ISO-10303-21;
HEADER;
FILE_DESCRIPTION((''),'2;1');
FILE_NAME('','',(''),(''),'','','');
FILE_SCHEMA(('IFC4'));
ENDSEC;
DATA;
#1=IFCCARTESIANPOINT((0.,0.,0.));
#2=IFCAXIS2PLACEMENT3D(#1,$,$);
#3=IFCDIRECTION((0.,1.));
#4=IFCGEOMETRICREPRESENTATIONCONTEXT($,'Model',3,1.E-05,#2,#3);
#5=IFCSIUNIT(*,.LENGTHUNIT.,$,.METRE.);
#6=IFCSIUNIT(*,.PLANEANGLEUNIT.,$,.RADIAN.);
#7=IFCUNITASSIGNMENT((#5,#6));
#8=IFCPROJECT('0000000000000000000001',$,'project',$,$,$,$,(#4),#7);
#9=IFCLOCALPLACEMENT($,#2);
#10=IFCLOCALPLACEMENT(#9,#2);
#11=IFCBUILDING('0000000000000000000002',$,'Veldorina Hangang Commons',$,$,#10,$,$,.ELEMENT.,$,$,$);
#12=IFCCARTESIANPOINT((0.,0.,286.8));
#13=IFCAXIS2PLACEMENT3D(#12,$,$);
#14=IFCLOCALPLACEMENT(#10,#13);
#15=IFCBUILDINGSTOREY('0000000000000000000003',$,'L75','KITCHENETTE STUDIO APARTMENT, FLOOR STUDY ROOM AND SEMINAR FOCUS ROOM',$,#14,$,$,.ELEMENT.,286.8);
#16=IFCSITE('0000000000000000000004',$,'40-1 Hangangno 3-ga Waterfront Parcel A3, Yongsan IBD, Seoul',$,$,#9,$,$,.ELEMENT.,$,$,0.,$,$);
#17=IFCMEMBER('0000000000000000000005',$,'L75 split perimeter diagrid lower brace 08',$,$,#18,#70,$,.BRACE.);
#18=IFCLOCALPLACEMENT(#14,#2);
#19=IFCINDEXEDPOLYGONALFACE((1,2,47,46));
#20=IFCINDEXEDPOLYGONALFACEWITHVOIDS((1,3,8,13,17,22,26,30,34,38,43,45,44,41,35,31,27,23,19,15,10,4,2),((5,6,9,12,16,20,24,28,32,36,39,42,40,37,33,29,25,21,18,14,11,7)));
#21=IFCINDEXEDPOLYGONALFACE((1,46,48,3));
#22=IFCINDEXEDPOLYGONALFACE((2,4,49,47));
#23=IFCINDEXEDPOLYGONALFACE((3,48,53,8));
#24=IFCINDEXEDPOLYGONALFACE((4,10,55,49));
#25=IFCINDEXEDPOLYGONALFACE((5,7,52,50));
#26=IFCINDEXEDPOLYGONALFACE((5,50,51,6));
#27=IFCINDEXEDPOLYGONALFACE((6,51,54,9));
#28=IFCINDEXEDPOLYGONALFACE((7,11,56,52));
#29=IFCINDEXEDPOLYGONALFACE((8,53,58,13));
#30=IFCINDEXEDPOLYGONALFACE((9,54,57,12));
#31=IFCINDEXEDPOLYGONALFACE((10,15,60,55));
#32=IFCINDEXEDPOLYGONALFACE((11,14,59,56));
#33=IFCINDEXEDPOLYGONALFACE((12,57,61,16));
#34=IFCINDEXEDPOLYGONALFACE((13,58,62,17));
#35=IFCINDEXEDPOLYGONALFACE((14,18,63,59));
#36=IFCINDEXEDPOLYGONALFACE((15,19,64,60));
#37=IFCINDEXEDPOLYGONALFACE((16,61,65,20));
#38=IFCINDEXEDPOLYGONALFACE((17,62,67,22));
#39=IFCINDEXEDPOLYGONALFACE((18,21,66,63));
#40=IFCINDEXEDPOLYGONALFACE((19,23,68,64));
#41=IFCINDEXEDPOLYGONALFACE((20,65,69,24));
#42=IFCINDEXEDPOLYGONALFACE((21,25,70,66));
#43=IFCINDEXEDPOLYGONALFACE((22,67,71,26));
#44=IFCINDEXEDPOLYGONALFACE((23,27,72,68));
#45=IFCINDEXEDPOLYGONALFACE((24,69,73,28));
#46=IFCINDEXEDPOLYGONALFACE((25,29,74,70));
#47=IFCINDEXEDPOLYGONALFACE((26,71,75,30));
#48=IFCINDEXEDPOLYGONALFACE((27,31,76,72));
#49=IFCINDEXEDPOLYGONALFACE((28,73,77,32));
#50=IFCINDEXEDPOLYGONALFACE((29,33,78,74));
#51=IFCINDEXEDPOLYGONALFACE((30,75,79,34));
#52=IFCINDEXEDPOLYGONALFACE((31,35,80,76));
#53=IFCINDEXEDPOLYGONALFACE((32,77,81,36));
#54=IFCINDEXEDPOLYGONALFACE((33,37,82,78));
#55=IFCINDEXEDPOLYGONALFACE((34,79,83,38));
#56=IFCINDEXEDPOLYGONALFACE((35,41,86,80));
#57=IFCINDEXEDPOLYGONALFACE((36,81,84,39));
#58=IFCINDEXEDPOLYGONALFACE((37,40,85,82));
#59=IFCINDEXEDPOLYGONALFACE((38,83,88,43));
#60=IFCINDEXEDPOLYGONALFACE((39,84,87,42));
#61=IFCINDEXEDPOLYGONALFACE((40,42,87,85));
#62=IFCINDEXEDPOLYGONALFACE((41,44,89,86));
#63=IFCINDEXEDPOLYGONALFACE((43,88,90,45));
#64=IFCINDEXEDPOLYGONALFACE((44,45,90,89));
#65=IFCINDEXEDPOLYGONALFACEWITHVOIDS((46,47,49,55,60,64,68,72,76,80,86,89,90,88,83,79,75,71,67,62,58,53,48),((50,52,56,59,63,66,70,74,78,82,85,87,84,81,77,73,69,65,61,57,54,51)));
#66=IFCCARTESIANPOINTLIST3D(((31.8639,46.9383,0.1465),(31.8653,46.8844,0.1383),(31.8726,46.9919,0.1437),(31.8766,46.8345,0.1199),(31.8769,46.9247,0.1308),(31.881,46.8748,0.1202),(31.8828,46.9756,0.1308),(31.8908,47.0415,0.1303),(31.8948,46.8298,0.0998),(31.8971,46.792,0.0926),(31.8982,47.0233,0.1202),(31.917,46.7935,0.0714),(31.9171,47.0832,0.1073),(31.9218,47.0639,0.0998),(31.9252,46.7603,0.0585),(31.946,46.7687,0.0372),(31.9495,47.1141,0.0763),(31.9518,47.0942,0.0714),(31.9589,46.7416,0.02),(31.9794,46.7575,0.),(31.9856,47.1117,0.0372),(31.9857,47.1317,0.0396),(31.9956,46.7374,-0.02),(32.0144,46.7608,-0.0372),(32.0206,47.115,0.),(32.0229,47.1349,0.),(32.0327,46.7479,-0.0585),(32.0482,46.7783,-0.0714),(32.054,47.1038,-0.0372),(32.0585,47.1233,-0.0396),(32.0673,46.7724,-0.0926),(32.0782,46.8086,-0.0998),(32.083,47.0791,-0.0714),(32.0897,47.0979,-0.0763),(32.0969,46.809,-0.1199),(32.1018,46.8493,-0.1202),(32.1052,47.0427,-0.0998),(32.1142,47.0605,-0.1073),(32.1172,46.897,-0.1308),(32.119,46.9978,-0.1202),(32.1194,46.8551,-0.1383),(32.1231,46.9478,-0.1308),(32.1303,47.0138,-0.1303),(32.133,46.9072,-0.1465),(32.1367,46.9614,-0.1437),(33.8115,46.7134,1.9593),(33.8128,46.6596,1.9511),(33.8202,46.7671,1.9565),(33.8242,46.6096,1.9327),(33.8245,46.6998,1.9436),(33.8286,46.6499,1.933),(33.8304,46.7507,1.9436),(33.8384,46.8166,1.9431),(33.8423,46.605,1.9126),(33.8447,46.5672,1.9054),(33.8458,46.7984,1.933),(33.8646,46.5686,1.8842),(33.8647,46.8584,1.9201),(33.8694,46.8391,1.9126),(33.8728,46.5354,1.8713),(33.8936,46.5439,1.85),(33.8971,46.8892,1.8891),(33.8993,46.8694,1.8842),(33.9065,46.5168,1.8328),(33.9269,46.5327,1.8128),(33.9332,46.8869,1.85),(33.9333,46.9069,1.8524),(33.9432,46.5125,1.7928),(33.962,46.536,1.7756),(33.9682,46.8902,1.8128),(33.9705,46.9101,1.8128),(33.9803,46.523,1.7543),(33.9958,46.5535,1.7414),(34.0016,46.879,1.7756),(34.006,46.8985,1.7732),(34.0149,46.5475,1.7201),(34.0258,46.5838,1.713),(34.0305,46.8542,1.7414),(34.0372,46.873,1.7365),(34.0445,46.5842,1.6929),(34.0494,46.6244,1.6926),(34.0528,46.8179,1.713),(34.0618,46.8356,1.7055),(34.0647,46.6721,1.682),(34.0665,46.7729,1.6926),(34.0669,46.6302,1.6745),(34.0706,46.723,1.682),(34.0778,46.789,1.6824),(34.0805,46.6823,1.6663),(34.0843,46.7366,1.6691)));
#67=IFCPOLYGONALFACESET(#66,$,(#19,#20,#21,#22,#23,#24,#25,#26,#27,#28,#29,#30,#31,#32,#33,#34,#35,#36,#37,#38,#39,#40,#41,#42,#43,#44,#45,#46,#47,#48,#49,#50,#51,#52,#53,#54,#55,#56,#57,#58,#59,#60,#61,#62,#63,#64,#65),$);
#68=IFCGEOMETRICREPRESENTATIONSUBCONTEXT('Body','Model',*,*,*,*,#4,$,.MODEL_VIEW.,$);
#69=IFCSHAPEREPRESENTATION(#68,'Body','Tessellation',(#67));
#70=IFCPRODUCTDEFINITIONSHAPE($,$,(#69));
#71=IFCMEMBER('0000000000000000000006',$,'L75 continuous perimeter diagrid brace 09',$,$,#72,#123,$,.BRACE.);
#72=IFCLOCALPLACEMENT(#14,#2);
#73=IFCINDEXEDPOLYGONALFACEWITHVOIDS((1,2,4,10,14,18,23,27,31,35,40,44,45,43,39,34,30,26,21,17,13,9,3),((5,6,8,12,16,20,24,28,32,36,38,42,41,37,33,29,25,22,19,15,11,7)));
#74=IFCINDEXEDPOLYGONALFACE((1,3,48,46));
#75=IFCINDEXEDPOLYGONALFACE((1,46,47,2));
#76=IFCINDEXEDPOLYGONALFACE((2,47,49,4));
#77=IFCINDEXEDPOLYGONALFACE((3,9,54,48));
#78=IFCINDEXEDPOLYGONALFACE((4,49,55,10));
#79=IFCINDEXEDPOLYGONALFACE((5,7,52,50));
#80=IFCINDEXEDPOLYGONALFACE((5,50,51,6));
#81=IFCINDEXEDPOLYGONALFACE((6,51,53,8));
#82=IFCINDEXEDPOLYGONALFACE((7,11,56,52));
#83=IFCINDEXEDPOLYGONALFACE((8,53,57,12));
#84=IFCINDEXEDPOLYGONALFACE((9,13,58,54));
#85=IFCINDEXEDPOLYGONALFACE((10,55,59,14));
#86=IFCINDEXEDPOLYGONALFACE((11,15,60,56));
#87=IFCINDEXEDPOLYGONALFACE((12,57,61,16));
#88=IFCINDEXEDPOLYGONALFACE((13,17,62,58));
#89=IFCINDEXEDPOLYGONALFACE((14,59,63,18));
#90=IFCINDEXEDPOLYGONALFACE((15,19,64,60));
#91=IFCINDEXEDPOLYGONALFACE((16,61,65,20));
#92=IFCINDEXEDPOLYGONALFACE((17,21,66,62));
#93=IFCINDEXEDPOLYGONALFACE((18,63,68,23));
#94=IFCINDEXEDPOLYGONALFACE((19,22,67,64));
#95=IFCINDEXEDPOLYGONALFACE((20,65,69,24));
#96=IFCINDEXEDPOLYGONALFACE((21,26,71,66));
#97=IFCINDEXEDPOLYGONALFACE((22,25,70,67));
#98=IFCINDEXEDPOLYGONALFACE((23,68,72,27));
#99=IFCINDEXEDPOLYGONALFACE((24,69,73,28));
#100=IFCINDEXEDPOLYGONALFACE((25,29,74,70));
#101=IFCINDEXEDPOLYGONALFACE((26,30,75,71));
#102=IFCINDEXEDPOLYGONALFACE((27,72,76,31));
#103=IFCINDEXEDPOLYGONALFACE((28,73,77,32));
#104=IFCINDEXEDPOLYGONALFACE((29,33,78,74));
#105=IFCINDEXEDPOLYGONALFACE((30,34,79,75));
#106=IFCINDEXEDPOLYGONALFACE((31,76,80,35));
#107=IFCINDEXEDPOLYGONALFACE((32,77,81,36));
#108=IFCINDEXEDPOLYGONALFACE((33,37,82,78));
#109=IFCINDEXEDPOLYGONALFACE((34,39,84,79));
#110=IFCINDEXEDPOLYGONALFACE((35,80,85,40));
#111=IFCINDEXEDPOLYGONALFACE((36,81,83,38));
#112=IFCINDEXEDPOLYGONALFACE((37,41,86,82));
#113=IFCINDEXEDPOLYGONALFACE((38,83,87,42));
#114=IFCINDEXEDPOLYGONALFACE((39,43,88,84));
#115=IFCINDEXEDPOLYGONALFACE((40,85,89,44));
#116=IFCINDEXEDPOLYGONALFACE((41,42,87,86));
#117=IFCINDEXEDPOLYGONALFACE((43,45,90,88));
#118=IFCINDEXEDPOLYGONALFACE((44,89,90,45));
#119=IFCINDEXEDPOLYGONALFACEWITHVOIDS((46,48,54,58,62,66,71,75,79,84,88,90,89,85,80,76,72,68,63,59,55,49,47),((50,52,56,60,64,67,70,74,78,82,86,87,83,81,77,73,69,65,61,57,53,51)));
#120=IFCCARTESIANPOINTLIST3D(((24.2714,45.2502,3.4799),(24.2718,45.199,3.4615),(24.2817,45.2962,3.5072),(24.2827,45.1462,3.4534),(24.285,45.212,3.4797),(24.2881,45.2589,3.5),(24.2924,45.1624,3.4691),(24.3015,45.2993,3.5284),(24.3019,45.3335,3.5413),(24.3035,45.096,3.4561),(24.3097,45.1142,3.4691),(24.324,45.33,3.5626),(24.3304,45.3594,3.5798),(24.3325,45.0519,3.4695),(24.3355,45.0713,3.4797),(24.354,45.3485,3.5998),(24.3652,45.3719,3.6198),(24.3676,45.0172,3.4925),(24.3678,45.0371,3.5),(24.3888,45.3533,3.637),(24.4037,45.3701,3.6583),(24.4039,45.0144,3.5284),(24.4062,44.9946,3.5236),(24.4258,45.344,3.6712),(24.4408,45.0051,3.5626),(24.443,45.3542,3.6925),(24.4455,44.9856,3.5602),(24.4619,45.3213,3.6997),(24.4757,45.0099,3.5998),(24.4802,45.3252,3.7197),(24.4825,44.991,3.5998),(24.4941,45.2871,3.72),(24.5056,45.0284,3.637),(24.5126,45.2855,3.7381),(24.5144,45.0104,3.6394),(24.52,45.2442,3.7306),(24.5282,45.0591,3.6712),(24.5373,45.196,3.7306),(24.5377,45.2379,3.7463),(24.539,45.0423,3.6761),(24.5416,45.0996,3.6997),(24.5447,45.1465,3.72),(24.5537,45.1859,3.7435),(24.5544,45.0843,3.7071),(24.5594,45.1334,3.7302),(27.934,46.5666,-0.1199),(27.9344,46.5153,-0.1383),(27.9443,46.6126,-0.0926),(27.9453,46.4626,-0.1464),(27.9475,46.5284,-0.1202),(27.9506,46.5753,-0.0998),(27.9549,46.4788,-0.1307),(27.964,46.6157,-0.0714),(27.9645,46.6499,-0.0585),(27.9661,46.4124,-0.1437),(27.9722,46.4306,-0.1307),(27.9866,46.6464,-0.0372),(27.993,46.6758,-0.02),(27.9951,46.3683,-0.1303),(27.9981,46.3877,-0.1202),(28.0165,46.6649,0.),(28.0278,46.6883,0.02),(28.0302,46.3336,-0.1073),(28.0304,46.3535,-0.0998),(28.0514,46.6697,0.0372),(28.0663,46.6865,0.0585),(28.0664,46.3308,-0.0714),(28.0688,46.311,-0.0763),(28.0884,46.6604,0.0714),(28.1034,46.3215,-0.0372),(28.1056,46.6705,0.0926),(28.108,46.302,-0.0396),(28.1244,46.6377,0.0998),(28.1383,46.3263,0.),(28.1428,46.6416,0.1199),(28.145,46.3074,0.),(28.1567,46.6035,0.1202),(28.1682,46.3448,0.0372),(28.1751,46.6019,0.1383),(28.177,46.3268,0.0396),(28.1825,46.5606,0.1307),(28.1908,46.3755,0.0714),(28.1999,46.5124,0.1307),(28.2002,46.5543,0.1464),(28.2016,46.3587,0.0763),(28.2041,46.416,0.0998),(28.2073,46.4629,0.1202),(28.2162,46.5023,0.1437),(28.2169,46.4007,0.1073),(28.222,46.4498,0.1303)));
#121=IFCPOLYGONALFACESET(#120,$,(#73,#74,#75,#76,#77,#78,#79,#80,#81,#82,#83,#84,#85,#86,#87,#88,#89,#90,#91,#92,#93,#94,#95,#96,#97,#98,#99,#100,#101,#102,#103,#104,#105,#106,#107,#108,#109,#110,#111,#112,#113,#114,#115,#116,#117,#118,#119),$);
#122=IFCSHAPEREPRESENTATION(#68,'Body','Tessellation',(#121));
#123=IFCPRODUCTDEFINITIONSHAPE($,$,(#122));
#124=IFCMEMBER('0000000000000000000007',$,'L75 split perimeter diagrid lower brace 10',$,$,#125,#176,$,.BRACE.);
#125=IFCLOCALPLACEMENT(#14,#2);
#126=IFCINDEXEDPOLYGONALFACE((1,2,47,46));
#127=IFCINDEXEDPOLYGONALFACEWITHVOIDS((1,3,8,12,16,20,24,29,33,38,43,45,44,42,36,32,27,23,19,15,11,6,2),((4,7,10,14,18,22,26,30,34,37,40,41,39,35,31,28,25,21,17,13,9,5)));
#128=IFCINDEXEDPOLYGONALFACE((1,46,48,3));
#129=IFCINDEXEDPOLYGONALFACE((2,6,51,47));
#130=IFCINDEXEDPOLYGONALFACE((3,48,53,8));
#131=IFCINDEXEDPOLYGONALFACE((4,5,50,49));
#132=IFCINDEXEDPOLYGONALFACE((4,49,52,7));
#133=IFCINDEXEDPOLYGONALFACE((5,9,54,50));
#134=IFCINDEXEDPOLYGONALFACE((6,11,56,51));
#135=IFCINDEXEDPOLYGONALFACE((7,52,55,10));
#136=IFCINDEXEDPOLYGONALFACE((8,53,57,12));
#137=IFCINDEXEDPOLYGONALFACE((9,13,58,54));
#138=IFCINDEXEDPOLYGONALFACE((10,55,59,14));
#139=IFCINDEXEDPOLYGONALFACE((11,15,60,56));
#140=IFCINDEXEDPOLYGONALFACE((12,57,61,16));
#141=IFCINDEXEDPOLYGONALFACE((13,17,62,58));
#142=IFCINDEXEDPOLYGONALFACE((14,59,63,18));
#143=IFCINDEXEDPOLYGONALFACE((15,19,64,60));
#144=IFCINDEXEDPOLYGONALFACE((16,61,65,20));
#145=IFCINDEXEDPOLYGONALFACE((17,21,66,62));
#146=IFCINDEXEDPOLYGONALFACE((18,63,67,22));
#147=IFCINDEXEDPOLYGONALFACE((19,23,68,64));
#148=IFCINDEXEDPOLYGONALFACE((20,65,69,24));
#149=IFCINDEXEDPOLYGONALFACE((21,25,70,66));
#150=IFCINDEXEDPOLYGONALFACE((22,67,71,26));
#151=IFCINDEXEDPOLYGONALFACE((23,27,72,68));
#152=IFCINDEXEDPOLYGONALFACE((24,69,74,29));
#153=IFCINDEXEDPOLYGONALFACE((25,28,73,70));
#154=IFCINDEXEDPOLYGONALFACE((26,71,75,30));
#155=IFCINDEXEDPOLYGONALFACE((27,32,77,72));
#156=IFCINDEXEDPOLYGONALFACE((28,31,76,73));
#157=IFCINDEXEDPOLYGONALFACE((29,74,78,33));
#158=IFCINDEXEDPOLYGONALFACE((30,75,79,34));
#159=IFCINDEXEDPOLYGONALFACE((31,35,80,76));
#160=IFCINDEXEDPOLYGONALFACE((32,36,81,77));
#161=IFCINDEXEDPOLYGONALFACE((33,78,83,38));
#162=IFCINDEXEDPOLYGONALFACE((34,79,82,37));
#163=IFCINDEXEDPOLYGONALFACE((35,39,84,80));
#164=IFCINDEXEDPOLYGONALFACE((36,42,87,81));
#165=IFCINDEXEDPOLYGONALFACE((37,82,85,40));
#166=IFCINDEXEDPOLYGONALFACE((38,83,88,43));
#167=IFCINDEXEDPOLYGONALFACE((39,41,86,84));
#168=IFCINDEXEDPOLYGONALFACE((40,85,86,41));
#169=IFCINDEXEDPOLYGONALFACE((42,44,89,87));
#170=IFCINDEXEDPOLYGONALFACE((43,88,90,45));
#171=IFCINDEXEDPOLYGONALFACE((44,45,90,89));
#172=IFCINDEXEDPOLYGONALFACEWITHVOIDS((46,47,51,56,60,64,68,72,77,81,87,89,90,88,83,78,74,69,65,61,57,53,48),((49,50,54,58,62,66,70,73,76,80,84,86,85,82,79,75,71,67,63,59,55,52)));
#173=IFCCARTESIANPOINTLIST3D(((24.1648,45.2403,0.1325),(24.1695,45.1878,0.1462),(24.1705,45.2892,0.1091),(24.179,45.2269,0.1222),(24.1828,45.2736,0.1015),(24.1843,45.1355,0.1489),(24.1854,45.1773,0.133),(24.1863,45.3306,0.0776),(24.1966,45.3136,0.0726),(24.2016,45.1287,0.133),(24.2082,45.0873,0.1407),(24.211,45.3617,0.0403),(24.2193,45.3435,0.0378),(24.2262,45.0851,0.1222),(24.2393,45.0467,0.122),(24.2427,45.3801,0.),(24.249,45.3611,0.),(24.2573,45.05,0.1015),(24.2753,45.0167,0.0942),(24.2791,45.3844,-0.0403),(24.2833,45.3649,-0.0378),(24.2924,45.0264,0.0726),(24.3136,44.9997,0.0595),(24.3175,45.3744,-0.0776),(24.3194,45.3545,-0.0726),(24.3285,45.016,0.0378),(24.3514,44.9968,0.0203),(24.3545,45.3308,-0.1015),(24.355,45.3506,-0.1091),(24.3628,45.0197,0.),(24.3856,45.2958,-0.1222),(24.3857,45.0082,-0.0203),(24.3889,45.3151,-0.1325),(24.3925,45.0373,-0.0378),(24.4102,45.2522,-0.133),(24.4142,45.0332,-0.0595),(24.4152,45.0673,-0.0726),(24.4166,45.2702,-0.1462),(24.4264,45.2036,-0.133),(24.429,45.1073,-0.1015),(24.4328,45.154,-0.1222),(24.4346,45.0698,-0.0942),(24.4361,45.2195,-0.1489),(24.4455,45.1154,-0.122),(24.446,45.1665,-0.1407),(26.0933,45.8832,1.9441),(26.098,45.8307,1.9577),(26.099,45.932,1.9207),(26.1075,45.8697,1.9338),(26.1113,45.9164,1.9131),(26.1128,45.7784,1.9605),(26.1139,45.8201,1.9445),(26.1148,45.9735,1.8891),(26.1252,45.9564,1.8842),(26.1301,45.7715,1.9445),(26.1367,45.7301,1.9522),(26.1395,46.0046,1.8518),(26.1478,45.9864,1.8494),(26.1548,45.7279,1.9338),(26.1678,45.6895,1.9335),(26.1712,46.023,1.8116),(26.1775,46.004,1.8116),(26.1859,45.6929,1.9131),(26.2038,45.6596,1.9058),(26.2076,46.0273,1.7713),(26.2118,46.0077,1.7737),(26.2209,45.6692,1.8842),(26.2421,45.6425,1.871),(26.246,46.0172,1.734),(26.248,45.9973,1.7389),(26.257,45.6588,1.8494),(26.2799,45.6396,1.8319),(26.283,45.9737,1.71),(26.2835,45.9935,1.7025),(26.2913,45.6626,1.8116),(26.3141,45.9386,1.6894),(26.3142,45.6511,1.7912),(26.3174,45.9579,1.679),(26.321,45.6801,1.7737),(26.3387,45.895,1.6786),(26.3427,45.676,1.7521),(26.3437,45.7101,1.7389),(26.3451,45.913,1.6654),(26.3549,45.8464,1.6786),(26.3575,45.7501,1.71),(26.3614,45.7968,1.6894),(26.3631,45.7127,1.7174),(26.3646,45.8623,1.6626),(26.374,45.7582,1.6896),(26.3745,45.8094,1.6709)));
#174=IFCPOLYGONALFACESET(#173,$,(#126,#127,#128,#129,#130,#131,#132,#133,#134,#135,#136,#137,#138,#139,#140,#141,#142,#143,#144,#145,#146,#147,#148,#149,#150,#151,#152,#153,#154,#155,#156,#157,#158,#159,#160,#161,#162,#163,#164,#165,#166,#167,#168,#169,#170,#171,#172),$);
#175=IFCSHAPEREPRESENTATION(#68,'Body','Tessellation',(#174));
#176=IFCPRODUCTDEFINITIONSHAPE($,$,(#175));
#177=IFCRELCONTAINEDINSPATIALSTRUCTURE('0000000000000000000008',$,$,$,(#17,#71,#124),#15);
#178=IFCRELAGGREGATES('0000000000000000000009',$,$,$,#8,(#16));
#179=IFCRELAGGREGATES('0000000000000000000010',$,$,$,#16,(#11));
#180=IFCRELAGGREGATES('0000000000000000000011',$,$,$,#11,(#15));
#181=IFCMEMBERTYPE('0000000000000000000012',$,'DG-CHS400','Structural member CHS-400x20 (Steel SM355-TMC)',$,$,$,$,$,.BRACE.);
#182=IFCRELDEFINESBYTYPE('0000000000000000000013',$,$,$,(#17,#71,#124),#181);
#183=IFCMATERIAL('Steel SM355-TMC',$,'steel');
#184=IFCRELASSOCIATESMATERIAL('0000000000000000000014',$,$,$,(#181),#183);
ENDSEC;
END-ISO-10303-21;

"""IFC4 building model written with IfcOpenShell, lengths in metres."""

from ifc_helpers import new_model, si_unit, direction, frame, origin, origin_2d, place, context, subcontext, project, spatial, hollow_circle, extrude, material, material_profile, profile_set, type_object, element, save


model = new_model("IFC4")

# Units and contexts
model_context = context("Model", 3, precision=1e-05, world=origin(), true_north=direction((0.0, 1.0)))
body_context = subcontext(model_context, "Body", "Model", "MODEL_VIEW")
ifc_project = project(units=[si_unit("LENGTHUNIT", "METRE"), si_unit("PLANEANGLEUNIT", "RADIAN")], contexts=[model_context])

# Site, building, storey
site_placement = place(None, origin())
site = spatial("IfcSite", under=ifc_project, at=site_placement, Name="40-1 Hangangno 3-ga Waterfront Parcel A3, Yongsan IBD, Seoul", CompositionType="ELEMENT", RefElevation=0.0)
building_placement = place(site_placement, origin())
building = spatial("IfcBuilding", under=site, at=building_placement, Name="Veldorina Hangang Commons", CompositionType="ELEMENT")
storey_placement = place(building_placement, frame((0.0, 0.0, 286.8)))
storey = spatial("IfcBuildingStorey", under=building, at=storey_placement, Name="L75", Description="KITCHENETTE STUDIO APARTMENT, FLOOR STUDY ROOM AND SEMINAR FOCUS ROOM", CompositionType="ELEMENT", Elevation=286.8)

# Shared definitions
ifc_material_1 = material(Name="Steel SM355-TMC", Category="steel")

# Members
ifc_material_profile_1 = material_profile(ifc_material_1, hollow_circle(Radius=0.2, WallThickness=0.02, at=origin_2d()), Name="CHS-400x20")
ifc_profile_set_1 = profile_set([ifc_material_profile_1], Name="Steel SM355-TMC")
member_type_1 = type_object("IfcMemberType", Name="DG-CHS400", Description="Structural member CHS-400x20 (Steel SM355-TMC)", PredefinedType="BRACE", material=ifc_profile_set_1)
member_1_placement = place(storey_placement, frame((32.0, 46.9363, 0.0), z_axis=(0.729379, -0.084212, 0.678907), x_axis=(0.114695, 0.993401, 0.0)))
element("IfcMember", 1, at=member_1_placement, inside=storey, type_object=member_type_1, Name="L75 split perimeter diagrid lower brace 08", PredefinedType="BRACE", context=body_context, shape_type="SweptSolid", body=[
    extrude(hollow_circle(Radius=0.2, WallThickness=0.02, at=origin_2d()), origin(), (0.0, 0.0, 1.0), 2.6702),
])
member_2_placement = place(storey_placement, frame((28.0774, 46.4956, 0.0), z_axis=(-0.690853, -0.248306, 0.679018), x_axis=(0.338235, -0.941062, 0.0)))
element("IfcMember", 2, at=member_2_placement, inside=storey, type_object=member_type_1, Name="L75 continuous perimeter diagrid brace 09", PredefinedType="BRACE", context=body_context, shape_type="SweptSolid", body=[
    extrude(hollow_circle(Radius=0.2, WallThickness=0.02, at=origin_2d()), origin(), (0.0, 0.0, 1.0), 5.3015),
])
member_3_placement = place(storey_placement, frame((24.3059, 45.1904, 0.0), z_axis=(0.708257, 0.236086, 0.665308), x_axis=(-0.316228, 0.948683, 0.0)))
element("IfcMember", 3, at=member_3_placement, inside=storey, type_object=member_type_1, Name="L75 split perimeter diagrid lower brace 10", PredefinedType="BRACE", context=body_context, shape_type="SweptSolid", body=[
    extrude(hollow_circle(Radius=0.2, WallThickness=0.02, at=origin_2d()), origin(), (0.0, 0.0, 1.0), 2.7229),
])

save(model, "model.ifc")
